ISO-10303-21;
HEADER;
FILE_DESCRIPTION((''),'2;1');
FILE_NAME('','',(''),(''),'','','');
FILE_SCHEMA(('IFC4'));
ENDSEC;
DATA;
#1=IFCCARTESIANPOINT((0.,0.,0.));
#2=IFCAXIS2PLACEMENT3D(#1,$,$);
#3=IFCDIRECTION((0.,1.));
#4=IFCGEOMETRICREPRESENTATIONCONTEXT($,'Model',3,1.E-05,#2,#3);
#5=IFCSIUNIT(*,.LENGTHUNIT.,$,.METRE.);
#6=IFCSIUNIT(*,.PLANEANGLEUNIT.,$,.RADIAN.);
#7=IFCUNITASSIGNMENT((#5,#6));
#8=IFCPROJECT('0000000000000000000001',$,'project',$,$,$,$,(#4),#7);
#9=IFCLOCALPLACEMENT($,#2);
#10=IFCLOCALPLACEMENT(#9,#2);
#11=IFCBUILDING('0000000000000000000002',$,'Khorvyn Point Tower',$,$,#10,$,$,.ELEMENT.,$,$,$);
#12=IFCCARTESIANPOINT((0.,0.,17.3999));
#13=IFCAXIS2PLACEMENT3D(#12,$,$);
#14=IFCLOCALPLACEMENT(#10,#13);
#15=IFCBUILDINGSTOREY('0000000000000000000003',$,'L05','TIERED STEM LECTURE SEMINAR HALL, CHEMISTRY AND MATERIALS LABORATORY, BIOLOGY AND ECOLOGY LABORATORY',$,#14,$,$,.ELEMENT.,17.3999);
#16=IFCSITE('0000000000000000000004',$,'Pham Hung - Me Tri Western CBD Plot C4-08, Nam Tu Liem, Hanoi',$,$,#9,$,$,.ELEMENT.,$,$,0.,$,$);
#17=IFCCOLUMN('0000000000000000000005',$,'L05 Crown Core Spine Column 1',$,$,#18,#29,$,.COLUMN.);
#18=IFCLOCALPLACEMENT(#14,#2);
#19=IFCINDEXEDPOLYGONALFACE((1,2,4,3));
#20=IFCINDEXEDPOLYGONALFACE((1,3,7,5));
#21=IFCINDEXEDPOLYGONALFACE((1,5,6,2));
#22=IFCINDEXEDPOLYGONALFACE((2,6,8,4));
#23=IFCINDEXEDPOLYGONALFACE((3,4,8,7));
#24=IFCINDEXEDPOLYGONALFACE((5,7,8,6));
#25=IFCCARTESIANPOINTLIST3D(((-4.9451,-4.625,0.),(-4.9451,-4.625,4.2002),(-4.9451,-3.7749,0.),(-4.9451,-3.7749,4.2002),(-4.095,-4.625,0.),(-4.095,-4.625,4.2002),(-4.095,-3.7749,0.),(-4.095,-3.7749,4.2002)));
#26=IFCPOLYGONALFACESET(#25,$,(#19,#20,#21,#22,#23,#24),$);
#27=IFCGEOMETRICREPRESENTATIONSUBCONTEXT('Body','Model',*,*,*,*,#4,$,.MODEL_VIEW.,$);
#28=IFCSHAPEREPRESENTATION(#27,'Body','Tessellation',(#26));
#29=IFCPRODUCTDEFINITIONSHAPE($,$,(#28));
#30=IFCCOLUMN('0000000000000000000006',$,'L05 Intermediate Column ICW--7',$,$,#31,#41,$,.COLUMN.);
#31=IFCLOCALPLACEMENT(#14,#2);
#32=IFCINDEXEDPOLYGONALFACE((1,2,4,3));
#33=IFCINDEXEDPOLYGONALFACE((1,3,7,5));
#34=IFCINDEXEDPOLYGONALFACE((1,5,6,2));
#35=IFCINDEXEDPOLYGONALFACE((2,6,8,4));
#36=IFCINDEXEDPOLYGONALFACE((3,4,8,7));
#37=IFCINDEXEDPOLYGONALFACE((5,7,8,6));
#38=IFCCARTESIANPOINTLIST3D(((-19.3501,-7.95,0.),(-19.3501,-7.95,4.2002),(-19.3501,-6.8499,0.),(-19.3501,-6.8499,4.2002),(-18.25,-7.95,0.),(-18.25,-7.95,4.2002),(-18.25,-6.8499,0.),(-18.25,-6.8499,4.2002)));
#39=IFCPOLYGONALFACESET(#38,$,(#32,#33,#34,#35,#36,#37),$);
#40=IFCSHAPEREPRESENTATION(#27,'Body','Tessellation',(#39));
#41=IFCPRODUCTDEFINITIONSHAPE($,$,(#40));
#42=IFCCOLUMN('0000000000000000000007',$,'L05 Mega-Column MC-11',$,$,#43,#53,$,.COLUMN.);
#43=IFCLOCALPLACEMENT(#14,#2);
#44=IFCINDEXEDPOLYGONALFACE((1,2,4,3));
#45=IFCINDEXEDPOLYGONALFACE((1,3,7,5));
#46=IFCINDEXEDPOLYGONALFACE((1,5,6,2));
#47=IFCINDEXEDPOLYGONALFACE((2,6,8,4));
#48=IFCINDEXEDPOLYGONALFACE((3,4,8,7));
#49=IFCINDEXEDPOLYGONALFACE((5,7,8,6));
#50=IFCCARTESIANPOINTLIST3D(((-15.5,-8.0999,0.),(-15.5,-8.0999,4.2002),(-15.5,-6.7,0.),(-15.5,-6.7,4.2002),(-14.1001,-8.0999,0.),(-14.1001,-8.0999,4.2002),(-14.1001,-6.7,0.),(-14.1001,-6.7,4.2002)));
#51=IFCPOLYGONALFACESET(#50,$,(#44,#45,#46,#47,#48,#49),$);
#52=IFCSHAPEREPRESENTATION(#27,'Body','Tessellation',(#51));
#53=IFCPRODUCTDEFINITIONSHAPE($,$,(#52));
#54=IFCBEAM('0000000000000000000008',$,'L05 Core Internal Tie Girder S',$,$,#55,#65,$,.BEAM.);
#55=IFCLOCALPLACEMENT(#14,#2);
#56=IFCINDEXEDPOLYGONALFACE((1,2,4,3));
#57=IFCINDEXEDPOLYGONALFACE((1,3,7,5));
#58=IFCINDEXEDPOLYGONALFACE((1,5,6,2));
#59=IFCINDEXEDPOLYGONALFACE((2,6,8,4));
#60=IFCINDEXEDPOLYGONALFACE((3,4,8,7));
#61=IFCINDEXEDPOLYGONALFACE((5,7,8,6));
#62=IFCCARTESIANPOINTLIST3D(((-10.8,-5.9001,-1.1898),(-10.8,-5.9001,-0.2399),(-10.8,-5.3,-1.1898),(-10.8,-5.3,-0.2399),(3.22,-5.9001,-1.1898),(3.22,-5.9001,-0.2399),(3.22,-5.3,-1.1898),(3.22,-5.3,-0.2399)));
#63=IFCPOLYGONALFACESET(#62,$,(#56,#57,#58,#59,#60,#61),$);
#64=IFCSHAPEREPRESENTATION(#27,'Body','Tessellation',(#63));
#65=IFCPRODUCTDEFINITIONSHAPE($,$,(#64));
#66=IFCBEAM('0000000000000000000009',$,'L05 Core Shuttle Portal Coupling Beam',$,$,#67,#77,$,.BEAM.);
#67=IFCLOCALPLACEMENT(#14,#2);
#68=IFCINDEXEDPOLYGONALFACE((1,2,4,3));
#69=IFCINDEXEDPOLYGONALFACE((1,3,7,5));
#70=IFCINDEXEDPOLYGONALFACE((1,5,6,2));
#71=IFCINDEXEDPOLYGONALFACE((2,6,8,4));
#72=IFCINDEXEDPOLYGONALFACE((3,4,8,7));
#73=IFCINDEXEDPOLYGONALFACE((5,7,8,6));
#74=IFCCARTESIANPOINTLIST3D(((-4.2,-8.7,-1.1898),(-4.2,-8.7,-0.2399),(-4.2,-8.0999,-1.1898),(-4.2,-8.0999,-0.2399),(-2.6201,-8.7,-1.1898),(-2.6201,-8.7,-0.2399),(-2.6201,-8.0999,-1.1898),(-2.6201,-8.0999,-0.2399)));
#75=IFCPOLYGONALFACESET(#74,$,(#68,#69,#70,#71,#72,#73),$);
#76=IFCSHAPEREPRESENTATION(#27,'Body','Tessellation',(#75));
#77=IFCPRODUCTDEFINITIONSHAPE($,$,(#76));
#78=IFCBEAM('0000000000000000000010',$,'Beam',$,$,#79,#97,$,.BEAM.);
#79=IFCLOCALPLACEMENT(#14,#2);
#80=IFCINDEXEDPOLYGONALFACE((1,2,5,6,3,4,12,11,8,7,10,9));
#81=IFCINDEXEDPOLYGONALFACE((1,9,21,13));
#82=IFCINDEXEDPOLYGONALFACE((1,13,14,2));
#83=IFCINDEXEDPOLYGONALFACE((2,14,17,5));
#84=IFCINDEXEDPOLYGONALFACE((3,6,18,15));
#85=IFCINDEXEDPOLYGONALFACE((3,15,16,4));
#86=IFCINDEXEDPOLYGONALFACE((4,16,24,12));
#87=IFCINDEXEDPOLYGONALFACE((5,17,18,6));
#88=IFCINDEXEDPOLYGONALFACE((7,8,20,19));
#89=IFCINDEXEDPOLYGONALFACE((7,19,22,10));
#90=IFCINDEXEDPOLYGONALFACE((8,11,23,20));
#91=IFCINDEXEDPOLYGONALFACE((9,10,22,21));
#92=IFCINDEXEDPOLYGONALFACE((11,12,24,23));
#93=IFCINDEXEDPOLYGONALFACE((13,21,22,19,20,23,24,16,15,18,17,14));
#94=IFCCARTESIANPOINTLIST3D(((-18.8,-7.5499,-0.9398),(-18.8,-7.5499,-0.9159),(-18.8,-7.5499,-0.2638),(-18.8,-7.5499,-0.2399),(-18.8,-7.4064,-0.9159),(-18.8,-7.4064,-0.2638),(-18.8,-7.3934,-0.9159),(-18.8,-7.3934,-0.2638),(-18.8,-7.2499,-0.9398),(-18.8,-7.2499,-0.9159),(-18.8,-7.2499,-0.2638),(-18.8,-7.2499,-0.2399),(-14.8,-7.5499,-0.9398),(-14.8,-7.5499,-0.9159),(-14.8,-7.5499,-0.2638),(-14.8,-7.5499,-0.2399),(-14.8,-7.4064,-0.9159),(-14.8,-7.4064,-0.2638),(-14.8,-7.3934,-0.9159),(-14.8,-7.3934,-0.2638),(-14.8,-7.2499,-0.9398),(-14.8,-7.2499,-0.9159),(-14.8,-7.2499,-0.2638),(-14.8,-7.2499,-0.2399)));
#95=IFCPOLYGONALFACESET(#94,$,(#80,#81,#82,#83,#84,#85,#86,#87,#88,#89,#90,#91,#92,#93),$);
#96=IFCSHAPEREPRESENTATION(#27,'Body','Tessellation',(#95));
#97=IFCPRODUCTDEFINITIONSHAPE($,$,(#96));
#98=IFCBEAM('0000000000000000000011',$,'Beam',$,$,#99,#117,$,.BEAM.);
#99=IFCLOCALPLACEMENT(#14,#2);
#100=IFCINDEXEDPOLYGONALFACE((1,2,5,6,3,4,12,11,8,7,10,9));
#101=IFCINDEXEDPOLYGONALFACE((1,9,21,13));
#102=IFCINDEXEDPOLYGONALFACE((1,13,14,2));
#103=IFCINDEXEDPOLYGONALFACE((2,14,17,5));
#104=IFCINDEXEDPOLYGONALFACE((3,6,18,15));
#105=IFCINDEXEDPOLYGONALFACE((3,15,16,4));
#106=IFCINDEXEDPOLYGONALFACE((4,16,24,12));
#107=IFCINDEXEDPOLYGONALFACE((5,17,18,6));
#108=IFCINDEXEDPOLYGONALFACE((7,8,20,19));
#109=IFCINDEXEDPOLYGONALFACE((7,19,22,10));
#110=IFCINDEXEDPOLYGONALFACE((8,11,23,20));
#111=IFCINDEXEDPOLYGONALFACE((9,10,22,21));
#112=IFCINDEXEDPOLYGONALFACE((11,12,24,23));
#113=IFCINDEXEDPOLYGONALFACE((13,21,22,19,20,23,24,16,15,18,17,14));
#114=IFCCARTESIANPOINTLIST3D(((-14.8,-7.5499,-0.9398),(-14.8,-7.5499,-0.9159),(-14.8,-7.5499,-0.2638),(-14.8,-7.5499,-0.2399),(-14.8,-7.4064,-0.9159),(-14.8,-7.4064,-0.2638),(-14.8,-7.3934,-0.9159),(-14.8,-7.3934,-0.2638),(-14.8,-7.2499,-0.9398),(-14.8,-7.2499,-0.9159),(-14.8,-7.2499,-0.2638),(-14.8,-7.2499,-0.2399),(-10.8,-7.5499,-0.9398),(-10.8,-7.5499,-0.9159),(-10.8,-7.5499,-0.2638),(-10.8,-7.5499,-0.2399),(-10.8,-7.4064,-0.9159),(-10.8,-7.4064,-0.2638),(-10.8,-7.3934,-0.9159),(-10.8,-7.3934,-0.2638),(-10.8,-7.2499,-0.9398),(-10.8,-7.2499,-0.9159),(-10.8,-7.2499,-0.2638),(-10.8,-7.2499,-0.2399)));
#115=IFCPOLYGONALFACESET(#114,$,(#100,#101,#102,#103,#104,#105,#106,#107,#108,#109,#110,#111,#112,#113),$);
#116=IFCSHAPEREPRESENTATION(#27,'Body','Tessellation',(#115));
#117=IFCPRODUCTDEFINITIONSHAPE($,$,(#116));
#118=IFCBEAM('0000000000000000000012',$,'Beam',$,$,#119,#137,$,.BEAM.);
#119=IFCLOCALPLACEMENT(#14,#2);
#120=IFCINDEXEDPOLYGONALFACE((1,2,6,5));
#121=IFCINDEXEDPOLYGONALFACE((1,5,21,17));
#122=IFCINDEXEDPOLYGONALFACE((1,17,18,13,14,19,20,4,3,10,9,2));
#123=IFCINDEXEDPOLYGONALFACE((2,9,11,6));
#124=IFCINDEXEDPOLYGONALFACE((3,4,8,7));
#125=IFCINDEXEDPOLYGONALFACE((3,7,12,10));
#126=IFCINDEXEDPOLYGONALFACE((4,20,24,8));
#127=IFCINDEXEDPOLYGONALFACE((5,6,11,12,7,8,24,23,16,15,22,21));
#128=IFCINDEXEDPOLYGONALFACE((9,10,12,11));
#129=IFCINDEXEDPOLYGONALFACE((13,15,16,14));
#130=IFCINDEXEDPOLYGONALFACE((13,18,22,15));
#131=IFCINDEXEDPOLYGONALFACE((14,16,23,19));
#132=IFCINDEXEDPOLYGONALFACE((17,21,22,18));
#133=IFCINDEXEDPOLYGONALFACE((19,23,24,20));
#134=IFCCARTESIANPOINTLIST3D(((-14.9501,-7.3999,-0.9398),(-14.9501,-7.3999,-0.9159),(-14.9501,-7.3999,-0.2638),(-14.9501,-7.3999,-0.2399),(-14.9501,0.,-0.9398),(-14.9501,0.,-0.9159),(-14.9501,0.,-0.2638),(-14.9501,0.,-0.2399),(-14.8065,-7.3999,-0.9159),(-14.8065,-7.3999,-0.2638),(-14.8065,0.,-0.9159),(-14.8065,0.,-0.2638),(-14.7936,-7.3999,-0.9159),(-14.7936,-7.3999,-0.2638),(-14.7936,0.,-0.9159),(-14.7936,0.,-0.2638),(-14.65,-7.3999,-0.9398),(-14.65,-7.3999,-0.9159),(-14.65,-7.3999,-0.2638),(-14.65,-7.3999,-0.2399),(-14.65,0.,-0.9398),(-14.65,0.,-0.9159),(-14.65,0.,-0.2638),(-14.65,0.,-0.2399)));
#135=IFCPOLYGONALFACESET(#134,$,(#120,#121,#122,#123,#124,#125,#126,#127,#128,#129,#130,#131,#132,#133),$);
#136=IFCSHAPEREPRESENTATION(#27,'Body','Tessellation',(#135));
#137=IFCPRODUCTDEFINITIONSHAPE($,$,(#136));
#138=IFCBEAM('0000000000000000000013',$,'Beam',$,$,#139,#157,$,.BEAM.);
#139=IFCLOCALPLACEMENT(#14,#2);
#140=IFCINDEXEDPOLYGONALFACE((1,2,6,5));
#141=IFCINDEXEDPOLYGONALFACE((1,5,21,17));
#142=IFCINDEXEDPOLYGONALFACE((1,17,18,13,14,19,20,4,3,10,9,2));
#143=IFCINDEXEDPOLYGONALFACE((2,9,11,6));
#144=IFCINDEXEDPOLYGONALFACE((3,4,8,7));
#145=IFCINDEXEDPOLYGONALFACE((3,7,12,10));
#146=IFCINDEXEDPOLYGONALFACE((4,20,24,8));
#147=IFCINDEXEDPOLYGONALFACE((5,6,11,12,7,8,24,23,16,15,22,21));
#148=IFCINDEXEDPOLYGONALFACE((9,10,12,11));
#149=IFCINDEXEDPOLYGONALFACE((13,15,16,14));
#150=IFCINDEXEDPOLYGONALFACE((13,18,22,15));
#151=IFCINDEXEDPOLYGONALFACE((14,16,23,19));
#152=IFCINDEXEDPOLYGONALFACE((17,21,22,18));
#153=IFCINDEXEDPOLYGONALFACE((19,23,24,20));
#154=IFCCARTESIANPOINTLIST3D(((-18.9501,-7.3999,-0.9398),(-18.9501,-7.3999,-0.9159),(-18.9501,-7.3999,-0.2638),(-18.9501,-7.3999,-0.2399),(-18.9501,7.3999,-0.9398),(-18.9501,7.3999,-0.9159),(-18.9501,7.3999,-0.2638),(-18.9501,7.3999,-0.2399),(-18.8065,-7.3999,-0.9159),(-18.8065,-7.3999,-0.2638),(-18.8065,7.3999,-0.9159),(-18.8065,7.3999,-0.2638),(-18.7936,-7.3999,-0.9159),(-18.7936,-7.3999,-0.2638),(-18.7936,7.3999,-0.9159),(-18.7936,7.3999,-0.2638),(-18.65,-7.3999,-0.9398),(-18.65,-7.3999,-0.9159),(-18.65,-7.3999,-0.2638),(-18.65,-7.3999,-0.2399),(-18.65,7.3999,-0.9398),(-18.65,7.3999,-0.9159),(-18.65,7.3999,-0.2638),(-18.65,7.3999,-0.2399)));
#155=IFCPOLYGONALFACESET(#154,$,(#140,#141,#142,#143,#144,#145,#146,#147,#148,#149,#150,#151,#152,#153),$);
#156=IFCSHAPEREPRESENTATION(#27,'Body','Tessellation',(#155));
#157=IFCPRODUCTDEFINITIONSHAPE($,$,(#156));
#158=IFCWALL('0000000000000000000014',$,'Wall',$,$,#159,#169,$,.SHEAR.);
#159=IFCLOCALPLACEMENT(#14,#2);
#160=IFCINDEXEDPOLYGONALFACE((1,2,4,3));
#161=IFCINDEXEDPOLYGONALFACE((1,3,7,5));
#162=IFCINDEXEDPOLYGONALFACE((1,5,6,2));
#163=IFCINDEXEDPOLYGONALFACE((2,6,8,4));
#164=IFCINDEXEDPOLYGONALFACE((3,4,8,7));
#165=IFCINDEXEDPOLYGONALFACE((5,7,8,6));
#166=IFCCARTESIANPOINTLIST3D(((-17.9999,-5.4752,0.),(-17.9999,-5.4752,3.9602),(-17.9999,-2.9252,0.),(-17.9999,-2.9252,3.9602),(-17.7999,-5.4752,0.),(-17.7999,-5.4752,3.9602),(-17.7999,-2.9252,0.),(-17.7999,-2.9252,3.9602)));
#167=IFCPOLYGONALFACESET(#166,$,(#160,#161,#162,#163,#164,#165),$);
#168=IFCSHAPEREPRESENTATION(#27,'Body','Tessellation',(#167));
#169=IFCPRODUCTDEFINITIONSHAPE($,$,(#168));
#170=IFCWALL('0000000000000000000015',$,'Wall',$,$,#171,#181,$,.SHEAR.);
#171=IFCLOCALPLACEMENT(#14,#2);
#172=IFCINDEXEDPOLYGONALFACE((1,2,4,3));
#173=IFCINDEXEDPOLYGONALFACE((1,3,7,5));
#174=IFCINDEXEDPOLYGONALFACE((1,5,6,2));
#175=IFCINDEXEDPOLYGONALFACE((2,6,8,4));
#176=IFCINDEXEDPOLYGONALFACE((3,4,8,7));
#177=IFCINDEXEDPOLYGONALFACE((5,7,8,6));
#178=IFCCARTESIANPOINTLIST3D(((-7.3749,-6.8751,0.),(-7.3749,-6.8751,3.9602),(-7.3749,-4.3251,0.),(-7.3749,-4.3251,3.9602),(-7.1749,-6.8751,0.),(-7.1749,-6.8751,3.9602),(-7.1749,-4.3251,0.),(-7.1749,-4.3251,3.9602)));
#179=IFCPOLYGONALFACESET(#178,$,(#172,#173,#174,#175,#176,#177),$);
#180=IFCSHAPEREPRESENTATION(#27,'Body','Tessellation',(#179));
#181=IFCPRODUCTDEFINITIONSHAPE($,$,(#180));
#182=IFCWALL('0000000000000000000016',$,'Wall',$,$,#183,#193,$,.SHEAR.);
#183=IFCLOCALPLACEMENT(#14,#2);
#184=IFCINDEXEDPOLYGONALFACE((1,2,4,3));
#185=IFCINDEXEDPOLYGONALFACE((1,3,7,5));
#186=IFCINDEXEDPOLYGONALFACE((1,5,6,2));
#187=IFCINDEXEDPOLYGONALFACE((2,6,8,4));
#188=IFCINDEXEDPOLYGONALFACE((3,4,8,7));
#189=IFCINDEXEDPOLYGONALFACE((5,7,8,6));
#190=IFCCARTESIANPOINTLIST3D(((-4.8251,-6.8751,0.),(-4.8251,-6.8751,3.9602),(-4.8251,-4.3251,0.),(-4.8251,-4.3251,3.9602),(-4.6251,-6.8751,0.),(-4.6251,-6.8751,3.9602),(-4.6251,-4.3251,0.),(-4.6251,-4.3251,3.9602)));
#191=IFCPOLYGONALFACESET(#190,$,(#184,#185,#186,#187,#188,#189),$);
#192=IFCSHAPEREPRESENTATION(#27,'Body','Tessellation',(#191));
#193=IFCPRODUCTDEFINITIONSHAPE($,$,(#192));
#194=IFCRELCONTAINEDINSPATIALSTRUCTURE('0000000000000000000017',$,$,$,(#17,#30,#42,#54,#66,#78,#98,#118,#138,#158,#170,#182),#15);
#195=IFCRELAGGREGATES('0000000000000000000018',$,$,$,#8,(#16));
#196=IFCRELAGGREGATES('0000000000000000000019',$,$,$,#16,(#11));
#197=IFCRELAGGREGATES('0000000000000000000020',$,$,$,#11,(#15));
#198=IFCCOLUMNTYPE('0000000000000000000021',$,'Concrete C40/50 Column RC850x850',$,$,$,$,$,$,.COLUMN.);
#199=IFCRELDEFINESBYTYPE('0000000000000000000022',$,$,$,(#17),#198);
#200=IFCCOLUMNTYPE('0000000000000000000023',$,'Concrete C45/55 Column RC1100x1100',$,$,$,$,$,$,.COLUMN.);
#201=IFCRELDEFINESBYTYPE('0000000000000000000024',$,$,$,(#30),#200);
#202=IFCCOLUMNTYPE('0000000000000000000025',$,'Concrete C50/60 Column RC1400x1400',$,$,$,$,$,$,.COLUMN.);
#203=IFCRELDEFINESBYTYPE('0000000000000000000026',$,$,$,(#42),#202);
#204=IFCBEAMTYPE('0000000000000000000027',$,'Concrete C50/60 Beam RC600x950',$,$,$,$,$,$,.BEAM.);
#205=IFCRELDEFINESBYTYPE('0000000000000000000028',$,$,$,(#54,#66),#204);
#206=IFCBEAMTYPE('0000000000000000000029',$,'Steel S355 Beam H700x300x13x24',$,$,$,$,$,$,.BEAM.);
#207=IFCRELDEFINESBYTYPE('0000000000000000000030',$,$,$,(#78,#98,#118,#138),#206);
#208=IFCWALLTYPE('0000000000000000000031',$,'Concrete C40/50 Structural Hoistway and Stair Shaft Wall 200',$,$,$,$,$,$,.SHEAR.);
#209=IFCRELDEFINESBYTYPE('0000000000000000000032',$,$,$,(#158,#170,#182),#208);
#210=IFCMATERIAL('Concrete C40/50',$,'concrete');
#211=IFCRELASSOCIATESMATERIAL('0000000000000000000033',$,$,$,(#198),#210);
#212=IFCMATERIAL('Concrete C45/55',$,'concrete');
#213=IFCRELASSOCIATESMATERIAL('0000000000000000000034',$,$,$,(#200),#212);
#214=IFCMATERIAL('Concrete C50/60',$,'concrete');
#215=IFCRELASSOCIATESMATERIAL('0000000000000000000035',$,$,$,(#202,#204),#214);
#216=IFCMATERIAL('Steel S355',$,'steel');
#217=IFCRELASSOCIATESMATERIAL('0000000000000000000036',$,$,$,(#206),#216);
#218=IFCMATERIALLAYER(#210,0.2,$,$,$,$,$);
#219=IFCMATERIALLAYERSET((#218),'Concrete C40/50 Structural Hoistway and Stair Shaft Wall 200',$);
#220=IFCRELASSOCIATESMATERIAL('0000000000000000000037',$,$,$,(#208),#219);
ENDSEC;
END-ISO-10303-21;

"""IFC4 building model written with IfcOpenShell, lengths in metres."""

from ifc_helpers import new_model, si_unit, direction, frame, frame_2d, origin, origin_2d, place, context, subcontext, project, spatial, rectangle, i_section, extrude, material, layer, layer_set, material_profile, profile_set, type_object, element, save


model = new_model("IFC4")

# Units and contexts
model_context = context("Model", 3, precision=1e-05, world=origin(), true_north=direction((0.0, 1.0)))
body_context = subcontext(model_context, "Body", "Model", "MODEL_VIEW")
ifc_project = project(units=[si_unit("LENGTHUNIT", "METRE"), si_unit("PLANEANGLEUNIT", "RADIAN")], contexts=[model_context])

# Site, building, storey
site_placement = place(None, origin())
site = spatial("IfcSite", under=ifc_project, at=site_placement, Name="Pham Hung - Me Tri Western CBD Plot C4-08, Nam Tu Liem, Hanoi", CompositionType="ELEMENT", RefElevation=0.0)
building_placement = place(site_placement, origin())
building = spatial("IfcBuilding", under=site, at=building_placement, Name="Khorvyn Point Tower", CompositionType="ELEMENT")
storey_placement = place(building_placement, frame((0.0, 0.0, 17.3999)))
storey = spatial("IfcBuildingStorey", under=building, at=storey_placement, Name="L05", Description="TIERED STEM LECTURE SEMINAR HALL, CHEMISTRY AND MATERIALS LABORATORY, BIOLOGY AND ECOLOGY LABORATORY", CompositionType="ELEMENT", Elevation=17.3999)

# Columns
ifc_material_1 = material(Name="Concrete C40/50", Category="concrete")
ifc_material_profile_1 = material_profile(ifc_material_1, rectangle(XDim=0.8501, YDim=0.8501, at=origin_2d()))
ifc_profile_set_1 = profile_set([ifc_material_profile_1], Name="Concrete C40/50 RC850x850")
column_type_1 = type_object("IfcColumnType", Name="Concrete C40/50 Column RC850x850", PredefinedType="COLUMN", material=ifc_profile_set_1)
column_1_placement = place(storey_placement, frame((-4.52, -4.2, 0.0), z_axis=(0.0, 0.0, 1.0), x_axis=(1.0, 0.0, 0.0)))
element("IfcColumn", 1, at=column_1_placement, inside=storey, type_object=column_type_1, Name="L05 Crown Core Spine Column 1", PredefinedType="COLUMN", context=body_context, shape_type="SweptSolid", body=[
    extrude(rectangle(XDim=0.8501, YDim=0.8501, at=origin_2d()), origin(), (0.0, 0.0, 1.0), 4.2002),
])
ifc_material_2 = material(Name="Concrete C45/55", Category="concrete")
ifc_material_profile_2 = material_profile(ifc_material_2, rectangle(XDim=1.1001, YDim=1.1001, at=origin_2d()))
ifc_profile_set_2 = profile_set([ifc_material_profile_2], Name="Concrete C45/55 RC1100x1100")
column_type_2 = type_object("IfcColumnType", Name="Concrete C45/55 Column RC1100x1100", PredefinedType="COLUMN", material=ifc_profile_set_2)
column_2_placement = place(storey_placement, frame((-18.8, -7.3999, 0.0), z_axis=(0.0, 0.0, 1.0), x_axis=(1.0, 0.0, 0.0)))
element("IfcColumn", 2, at=column_2_placement, inside=storey, type_object=column_type_2, Name="L05 Intermediate Column ICW--7", PredefinedType="COLUMN", context=body_context, shape_type="SweptSolid", body=[
    extrude(rectangle(XDim=1.1001, YDim=1.1001, at=origin_2d()), origin(), (0.0, 0.0, 1.0), 4.2002),
])
ifc_material_3 = material(Name="Concrete C50/60", Category="concrete")
ifc_material_profile_3 = material_profile(ifc_material_3, rectangle(XDim=1.3999, YDim=1.3999, at=origin_2d()))
ifc_profile_set_3 = profile_set([ifc_material_profile_3], Name="Concrete C50/60 RC1400x1400")
column_type_3 = type_object("IfcColumnType", Name="Concrete C50/60 Column RC1400x1400", PredefinedType="COLUMN", material=ifc_profile_set_3)
column_3_placement = place(storey_placement, frame((-14.8, -7.3999, 0.0), z_axis=(0.0, 0.0, 1.0), x_axis=(1.0, 0.0, 0.0)))
element("IfcColumn", 3, at=column_3_placement, inside=storey, type_object=column_type_3, Name="L05 Mega-Column MC-11", PredefinedType="COLUMN", context=body_context, shape_type="SweptSolid", body=[
    extrude(rectangle(XDim=1.3999, YDim=1.3999, at=origin_2d()), origin(), (0.0, 0.0, 1.0), 4.2002),
])

# Beams
ifc_material_profile_4 = material_profile(ifc_material_3, rectangle(XDim=0.6001, YDim=0.95, at=origin_2d()))
ifc_profile_set_4 = profile_set([ifc_material_profile_4], Name="Concrete C50/60 RC600x950")
beam_type_1 = type_object("IfcBeamType", Name="Concrete C50/60 Beam RC600x950", PredefinedType="BEAM", material=ifc_profile_set_4)
beam_1_placement = place(storey_placement, frame((-10.8, -5.6001, -0.7148), z_axis=(1.0, 0.0, 0.0), x_axis=(0.0, 1.0, 0.0)))
element("IfcBeam", 4, at=beam_1_placement, inside=storey, type_object=beam_type_1, Name="L05 Core Internal Tie Girder S", PredefinedType="BEAM", context=body_context, shape_type="SweptSolid", body=[
    extrude(rectangle(XDim=0.6001, YDim=0.95, at=origin_2d()), origin(), (0.0, 0.0, 1.0), 14.02),
])
beam_2_placement = place(storey_placement, frame((-4.2, -8.3999, -0.7148), z_axis=(1.0, 0.0, 0.0), x_axis=(0.0, 1.0, 0.0)))
element("IfcBeam", 5, at=beam_2_placement, inside=storey, type_object=beam_type_1, Name="L05 Core Shuttle Portal Coupling Beam", PredefinedType="BEAM", context=body_context, shape_type="SweptSolid", body=[
    extrude(rectangle(XDim=0.6001, YDim=0.95, at=origin_2d()), origin(), (0.0, 0.0, 1.0), 1.5798),
])
ifc_material_4 = material(Name="Steel S355", Category="steel")
ifc_material_profile_5 = material_profile(ifc_material_4, i_section(OverallWidth=0.3, OverallDepth=0.7, WebThickness=0.0129, FlangeThickness=0.0239, at=origin_2d()))
ifc_profile_set_5 = profile_set([ifc_material_profile_5], Name="Steel S355 H700x300x13x24")
beam_type_2 = type_object("IfcBeamType", Name="Steel S355 Beam H700x300x13x24", PredefinedType="BEAM", material=ifc_profile_set_5)
for number, where, z_axis, x_axis, name in (
    (6, (-18.8, -7.3999, -0.5898), (1.0, 0.0, 0.0), (0.0, 1.0, 0.0), "Beam"),
    (7, (-14.8, -7.3999, -0.5898), (1.0, 0.0, 0.0), (0.0, 1.0, 0.0), "Beam"),
):
    element("IfcBeam", number, at=place(storey_placement, frame(where, z_axis=z_axis, x_axis=x_axis)), inside=storey, type_object=beam_type_2, Name=name, PredefinedType="BEAM", context=body_context, shape_type="SweptSolid", body=[
        extrude(i_section(OverallWidth=0.3, OverallDepth=0.7, WebThickness=0.0129, FlangeThickness=0.0239, at=origin_2d()), origin(), (0.0, 0.0, 1.0), 4.0),
    ])
beam_3_placement = place(storey_placement, frame((-14.8, -7.3999, -0.5898), z_axis=(0.0, 1.0, 0.0), x_axis=(-1.0, 0.0, 0.0)))
element("IfcBeam", 8, at=beam_3_placement, inside=storey, type_object=beam_type_2, Name="Beam", PredefinedType="BEAM", context=body_context, shape_type="SweptSolid", body=[
    extrude(i_section(OverallWidth=0.3, OverallDepth=0.7, WebThickness=0.0129, FlangeThickness=0.0239, at=origin_2d()), origin(), (0.0, 0.0, 1.0), 7.3999),
])
beam_4_placement = place(storey_placement, frame((-18.8, -7.3999, -0.5898), z_axis=(0.0, 1.0, 0.0), x_axis=(-1.0, 0.0, 0.0)))
element("IfcBeam", 9, at=beam_4_placement, inside=storey, type_object=beam_type_2, Name="Beam", PredefinedType="BEAM", context=body_context, shape_type="SweptSolid", body=[
    extrude(i_section(OverallWidth=0.3, OverallDepth=0.7, WebThickness=0.0129, FlangeThickness=0.0239, at=origin_2d()), origin(), (0.0, 0.0, 1.0), 14.7998),
])

# Walls
ifc_layer_1 = layer(ifc_material_1, 0.2)
ifc_layer_set_1 = layer_set([ifc_layer_1], Name="Concrete C40/50 Structural Hoistway and Stair Shaft Wall 200")
wall_type_1 = type_object("IfcWallType", Name="Concrete C40/50 Structural Hoistway and Stair Shaft Wall 200", PredefinedType="SHEAR", material=ifc_layer_set_1)
for number, where, z_axis, x_axis, name in (
    (10, (-17.8999, -5.4751, 0.0), (0.0, 0.0, 1.0), (0.0, 1.0, 0.0), "Wall"),
    (11, (-7.2749, -6.875, 0.0), (0.0, 0.0, 1.0), (0.0, 1.0, 0.0), "Wall"),
    (12, (-4.7251, -6.875, 0.0), (0.0, 0.0, 1.0), (0.0, 1.0, 0.0), "Wall"),
):
    element("IfcWall", number, at=place(storey_placement, frame(where, z_axis=z_axis, x_axis=x_axis)), inside=storey, type_object=wall_type_1, Name=name, PredefinedType="SHEAR", context=body_context, shape_type="SweptSolid", body=[
        extrude(rectangle(XDim=2.55, YDim=0.2, at=frame_2d((1.2749, 0.0))), origin(), (0.0, 0.0, 1.0), 3.9602),
    ])

save(model, "model.ifc")
